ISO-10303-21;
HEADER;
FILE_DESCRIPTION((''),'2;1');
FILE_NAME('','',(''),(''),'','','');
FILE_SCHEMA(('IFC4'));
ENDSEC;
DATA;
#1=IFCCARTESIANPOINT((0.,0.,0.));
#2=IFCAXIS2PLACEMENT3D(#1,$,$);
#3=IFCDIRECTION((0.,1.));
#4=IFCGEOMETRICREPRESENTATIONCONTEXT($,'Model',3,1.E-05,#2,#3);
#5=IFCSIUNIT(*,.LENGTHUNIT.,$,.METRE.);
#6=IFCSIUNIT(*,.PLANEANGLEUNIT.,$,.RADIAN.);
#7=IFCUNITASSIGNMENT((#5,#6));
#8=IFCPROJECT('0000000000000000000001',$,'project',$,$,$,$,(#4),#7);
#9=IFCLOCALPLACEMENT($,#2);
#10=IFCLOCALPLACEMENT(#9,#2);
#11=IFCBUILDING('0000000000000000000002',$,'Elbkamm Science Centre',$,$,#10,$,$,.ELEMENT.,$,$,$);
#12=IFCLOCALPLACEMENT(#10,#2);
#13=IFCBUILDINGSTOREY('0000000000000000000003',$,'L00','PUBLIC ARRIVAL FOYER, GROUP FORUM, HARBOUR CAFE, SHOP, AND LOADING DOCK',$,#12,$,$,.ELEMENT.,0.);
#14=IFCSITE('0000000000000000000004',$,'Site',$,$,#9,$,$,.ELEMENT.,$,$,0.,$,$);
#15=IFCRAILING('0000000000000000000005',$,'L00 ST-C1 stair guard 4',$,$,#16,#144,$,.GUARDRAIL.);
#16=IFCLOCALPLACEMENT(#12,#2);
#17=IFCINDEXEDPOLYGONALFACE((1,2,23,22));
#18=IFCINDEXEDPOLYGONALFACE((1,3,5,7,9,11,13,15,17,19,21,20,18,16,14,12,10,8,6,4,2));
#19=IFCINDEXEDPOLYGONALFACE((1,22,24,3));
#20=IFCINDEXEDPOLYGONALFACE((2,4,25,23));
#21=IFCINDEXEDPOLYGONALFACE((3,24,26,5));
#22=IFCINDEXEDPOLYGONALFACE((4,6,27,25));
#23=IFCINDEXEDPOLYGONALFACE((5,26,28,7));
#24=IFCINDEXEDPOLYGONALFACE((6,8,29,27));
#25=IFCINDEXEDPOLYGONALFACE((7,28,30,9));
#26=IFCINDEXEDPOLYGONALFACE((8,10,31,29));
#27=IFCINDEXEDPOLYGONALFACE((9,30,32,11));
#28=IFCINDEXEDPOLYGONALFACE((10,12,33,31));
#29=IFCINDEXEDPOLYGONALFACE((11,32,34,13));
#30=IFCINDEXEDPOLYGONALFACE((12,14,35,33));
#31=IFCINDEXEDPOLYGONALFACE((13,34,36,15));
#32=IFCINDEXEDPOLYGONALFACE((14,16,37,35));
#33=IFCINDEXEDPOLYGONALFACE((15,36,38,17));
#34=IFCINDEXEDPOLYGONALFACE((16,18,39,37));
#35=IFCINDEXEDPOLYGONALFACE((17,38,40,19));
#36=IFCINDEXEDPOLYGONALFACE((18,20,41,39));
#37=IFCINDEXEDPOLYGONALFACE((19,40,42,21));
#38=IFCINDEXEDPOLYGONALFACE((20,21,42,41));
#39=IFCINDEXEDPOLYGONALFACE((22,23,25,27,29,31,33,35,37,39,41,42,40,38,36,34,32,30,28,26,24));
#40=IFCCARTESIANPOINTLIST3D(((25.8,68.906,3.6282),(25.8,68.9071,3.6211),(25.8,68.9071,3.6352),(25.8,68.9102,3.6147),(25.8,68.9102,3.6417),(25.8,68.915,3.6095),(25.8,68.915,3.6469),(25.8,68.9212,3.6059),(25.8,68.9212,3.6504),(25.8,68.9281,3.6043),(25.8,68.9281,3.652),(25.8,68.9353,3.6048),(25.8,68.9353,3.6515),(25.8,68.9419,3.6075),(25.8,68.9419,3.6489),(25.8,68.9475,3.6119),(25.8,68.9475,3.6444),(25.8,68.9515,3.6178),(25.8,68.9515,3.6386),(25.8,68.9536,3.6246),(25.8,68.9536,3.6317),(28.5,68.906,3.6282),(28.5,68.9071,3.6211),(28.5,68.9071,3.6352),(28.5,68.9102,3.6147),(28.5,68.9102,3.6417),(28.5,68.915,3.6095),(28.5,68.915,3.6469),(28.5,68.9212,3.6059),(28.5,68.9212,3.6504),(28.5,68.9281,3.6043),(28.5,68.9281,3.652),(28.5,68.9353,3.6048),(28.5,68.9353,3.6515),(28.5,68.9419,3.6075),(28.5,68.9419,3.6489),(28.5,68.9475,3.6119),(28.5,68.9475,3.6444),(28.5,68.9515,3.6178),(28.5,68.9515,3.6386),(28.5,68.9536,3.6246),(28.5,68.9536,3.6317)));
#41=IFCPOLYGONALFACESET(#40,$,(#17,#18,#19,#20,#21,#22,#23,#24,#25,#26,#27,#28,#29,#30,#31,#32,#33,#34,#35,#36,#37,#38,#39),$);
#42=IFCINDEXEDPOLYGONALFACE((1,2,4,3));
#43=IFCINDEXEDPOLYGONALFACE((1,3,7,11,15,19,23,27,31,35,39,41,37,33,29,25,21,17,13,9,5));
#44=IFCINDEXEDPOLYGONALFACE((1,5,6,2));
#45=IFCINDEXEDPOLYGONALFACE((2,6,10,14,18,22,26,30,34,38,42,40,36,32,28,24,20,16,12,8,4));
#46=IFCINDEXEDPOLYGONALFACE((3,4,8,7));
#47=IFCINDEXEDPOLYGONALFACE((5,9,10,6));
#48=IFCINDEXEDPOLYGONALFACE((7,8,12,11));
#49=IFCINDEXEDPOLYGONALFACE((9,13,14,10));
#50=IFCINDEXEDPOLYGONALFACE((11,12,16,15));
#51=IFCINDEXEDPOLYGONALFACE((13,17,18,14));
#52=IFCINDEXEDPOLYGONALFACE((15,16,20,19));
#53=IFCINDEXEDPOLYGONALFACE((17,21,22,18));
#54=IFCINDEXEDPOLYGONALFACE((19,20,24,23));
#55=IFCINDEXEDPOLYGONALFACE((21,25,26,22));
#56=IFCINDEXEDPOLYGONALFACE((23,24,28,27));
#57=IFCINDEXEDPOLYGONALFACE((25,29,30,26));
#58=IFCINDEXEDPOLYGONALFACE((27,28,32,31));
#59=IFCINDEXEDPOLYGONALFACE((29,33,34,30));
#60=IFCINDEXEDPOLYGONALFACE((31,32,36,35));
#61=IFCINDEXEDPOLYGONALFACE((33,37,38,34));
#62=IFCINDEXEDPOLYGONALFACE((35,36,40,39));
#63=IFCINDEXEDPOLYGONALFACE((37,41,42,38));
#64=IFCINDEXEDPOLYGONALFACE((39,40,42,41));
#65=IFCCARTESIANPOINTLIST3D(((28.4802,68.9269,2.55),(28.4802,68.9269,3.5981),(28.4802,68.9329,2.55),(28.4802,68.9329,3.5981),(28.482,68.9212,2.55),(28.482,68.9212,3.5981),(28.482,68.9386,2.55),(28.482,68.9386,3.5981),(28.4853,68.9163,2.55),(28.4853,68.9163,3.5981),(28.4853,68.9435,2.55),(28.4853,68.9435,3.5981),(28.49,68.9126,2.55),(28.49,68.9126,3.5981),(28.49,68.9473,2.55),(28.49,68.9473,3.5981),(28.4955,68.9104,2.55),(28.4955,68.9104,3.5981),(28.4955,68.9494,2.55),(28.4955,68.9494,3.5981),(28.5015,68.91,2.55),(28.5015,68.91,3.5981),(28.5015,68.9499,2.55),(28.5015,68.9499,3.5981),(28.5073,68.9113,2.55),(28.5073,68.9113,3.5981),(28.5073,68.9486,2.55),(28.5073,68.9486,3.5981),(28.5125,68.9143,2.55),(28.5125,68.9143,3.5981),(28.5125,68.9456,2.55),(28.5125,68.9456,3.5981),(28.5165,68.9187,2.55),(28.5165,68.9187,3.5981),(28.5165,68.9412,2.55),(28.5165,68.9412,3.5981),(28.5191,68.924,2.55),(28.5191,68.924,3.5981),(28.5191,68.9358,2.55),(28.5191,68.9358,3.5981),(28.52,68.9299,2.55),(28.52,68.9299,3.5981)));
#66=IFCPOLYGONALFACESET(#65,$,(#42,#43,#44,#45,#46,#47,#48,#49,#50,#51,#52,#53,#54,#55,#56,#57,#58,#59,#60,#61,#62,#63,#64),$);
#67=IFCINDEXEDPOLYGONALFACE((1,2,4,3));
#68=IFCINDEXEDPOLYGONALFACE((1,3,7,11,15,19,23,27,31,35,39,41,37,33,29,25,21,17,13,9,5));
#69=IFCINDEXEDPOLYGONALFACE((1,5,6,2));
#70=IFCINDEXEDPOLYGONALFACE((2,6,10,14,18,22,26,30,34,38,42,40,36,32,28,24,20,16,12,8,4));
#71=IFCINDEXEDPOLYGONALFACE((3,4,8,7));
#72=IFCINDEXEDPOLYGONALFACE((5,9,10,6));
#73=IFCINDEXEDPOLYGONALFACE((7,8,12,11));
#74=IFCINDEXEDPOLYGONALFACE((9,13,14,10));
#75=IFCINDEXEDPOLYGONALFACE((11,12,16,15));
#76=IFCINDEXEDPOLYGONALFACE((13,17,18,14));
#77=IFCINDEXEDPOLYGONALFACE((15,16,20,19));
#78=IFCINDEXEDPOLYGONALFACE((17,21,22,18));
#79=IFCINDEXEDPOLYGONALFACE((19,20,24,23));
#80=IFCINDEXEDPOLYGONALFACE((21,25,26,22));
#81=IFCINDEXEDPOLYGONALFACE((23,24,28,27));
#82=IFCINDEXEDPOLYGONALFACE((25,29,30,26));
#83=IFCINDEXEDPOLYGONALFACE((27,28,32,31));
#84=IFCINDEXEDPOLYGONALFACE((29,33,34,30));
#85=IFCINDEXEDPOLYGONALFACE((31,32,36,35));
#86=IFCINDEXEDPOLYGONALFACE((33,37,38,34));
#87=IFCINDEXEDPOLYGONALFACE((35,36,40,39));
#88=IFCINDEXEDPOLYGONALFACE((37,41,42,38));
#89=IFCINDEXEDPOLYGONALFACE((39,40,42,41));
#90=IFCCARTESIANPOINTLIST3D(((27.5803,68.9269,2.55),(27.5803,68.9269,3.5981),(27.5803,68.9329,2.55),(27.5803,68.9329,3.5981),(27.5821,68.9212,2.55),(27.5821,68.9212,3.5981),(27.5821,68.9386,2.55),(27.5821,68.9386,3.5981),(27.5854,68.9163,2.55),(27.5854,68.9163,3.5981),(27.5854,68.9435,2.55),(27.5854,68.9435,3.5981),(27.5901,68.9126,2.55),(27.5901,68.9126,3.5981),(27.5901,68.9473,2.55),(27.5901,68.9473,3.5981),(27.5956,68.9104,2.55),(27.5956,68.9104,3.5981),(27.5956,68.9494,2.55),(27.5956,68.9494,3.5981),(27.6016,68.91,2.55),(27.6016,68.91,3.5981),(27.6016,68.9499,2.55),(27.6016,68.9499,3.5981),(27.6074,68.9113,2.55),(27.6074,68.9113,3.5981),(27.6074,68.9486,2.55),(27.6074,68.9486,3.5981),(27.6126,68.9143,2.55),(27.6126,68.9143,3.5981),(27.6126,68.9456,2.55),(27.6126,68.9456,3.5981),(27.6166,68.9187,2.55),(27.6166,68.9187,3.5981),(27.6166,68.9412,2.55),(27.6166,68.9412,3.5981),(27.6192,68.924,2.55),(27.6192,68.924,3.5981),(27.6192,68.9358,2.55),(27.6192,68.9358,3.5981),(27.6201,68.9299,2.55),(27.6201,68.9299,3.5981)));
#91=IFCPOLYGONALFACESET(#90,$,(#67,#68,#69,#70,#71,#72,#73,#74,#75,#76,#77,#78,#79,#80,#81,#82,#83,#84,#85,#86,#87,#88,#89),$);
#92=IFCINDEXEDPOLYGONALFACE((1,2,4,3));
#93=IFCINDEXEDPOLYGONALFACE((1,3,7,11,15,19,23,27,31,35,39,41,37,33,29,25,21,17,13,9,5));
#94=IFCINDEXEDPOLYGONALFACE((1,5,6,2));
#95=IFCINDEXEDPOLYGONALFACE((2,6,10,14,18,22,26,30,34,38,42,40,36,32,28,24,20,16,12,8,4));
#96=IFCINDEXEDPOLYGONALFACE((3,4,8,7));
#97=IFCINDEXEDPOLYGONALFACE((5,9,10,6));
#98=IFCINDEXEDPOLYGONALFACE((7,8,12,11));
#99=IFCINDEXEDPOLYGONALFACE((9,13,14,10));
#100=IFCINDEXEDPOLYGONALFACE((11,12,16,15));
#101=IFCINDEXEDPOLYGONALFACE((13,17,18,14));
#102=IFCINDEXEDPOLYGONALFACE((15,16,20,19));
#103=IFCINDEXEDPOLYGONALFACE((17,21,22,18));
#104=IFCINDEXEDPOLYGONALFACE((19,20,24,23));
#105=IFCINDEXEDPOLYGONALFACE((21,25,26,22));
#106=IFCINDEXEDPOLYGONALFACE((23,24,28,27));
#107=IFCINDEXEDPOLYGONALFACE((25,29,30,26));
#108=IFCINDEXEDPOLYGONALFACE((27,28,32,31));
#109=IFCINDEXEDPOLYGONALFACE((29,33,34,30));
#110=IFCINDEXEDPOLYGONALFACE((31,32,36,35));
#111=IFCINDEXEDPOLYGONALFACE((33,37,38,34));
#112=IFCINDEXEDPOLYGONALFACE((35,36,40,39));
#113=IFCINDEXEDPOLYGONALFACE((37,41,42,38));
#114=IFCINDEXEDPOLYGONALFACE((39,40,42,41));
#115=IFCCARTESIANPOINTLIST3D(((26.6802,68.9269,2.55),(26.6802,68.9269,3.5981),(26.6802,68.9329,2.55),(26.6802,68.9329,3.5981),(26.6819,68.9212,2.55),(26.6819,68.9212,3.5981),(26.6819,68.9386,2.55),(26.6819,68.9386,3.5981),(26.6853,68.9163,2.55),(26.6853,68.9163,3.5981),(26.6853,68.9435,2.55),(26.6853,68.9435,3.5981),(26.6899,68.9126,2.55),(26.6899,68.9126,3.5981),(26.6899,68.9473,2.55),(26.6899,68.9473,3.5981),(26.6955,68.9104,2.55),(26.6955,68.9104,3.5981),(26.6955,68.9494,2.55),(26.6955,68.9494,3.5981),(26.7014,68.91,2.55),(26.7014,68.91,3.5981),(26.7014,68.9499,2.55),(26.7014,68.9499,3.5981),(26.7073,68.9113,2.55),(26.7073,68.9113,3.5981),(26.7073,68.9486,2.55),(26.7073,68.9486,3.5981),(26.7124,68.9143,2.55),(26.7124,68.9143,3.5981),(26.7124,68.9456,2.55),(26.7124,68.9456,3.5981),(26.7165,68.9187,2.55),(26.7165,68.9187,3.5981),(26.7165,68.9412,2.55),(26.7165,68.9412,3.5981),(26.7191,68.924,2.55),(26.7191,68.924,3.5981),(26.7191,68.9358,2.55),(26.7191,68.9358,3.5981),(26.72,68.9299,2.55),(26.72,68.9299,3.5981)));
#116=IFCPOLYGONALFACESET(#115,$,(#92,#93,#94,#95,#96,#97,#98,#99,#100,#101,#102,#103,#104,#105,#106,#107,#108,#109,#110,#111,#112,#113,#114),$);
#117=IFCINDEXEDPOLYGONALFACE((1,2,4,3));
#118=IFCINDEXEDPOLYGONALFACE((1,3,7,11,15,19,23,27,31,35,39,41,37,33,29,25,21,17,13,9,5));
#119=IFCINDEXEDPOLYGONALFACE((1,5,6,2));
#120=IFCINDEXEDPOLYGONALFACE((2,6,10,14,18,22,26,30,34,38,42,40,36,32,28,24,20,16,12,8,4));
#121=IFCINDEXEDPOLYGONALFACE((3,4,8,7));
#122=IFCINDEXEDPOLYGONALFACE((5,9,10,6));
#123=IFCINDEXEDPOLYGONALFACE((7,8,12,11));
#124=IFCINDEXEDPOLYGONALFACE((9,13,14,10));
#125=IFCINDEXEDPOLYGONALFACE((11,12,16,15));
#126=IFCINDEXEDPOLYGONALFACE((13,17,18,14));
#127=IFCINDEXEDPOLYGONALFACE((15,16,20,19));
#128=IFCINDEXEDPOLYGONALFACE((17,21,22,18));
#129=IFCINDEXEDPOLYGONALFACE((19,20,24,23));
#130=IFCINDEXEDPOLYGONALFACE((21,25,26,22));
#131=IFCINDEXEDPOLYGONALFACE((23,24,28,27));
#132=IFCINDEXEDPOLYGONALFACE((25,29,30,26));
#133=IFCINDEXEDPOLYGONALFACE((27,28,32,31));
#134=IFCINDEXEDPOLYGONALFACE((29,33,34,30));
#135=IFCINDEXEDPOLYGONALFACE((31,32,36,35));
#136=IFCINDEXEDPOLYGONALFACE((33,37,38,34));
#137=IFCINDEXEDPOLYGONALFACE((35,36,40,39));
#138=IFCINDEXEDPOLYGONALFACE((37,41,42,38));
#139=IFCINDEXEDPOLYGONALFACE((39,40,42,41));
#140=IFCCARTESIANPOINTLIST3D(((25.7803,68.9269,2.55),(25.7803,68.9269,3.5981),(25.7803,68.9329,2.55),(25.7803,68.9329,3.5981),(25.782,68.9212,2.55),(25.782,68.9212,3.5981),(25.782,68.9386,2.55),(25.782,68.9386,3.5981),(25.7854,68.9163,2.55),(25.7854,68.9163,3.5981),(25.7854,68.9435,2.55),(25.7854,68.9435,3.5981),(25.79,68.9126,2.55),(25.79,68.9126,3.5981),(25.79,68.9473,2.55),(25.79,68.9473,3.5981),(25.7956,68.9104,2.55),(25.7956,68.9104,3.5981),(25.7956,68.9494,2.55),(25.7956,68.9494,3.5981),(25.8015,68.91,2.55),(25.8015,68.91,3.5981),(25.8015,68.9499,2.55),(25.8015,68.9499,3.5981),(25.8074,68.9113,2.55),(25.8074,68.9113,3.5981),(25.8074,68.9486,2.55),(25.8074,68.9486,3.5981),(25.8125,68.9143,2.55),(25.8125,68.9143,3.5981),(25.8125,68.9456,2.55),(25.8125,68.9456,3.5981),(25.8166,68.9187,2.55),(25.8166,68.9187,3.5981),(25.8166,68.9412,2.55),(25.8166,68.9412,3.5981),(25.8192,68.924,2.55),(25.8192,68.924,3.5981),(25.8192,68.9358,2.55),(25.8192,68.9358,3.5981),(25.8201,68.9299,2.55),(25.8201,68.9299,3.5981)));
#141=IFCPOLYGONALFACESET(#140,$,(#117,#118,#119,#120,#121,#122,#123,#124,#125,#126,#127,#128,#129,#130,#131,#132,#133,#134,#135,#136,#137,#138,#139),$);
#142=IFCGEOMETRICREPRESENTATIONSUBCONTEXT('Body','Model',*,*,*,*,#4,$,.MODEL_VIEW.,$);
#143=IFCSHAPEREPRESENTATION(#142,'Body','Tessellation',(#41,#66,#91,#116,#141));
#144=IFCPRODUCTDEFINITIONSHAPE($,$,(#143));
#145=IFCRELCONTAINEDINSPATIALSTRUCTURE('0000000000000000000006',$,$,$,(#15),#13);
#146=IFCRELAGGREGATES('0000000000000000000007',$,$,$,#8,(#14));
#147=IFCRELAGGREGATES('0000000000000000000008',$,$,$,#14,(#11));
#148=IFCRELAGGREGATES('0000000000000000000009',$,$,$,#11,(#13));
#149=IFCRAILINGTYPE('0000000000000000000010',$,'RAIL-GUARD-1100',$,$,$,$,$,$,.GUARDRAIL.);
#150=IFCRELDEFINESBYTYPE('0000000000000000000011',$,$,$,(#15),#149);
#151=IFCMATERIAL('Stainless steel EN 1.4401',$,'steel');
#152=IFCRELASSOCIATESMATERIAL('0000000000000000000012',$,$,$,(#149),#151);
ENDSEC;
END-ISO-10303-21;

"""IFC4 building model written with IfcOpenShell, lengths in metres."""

from ifc_helpers import new_model, si_unit, direction, frame, origin, origin_2d, place, context, subcontext, project, spatial, circle, extrude, material, type_object, element, save


model = new_model("IFC4")

# Units and contexts
model_context = context("Model", 3, precision=1e-05, world=origin(), true_north=direction((0.0, 1.0)))
body_context = subcontext(model_context, "Body", "Model", "MODEL_VIEW")
ifc_project = project(units=[si_unit("LENGTHUNIT", "METRE"), si_unit("PLANEANGLEUNIT", "RADIAN")], contexts=[model_context])

# Site, building, storey
site_placement = place(None, origin())
site = spatial("IfcSite", under=ifc_project, at=site_placement, Name="Site", CompositionType="ELEMENT", RefElevation=0.0)
building_placement = place(site_placement, origin())
building = spatial("IfcBuilding", under=site, at=building_placement, Name="Elbkamm Science Centre", CompositionType="ELEMENT")
storey_placement = place(building_placement, origin())
storey = spatial("IfcBuildingStorey", under=building, at=storey_placement, Name="L00", Description="PUBLIC ARRIVAL FOYER, GROUP FORUM, HARBOUR CAFE, SHOP, AND LOADING DOCK", CompositionType="ELEMENT", Elevation=0.0)

# Railing
ifc_material_1 = material(Name="Stainless steel EN 1.4401", Category="steel")
railing_type_1 = type_object("IfcRailingType", Name="RAIL-GUARD-1100", PredefinedType="GUARDRAIL", material=ifc_material_1)
for number, where, name in (
    (1, (28.5, 68.9299, 2.55), "L00 ST-C1 stair guard 4"),
):
    element("IfcRailing", number, at=place(storey_placement, frame(where)), inside=storey, type_object=railing_type_1, Name=name, PredefinedType="GUARDRAIL", context=body_context, shape_type="SweptSolid", body=[
        extrude(circle(Radius=0.0239, at=origin_2d()), frame((0.0, 0.0, 1.0781), z_axis=(-1.0, 0.0, 0.0), x_axis=(0.0, -1.0, 0.0)), (0.0, 0.0, 1.0), 2.7),
        extrude(circle(Radius=0.02, at=origin_2d()), origin(), (0.0, 0.0, 1.0), 1.0481),
        extrude(circle(Radius=0.02, at=origin_2d()), frame((-0.8999, 0.0, 0.0)), (0.0, 0.0, 1.0), 1.0481),
        extrude(circle(Radius=0.02, at=origin_2d()), frame((-1.8, 0.0, 0.0)), (0.0, 0.0, 1.0), 1.0481),
        extrude(circle(Radius=0.02, at=origin_2d()), frame((-2.7, 0.0, 0.0)), (0.0, 0.0, 1.0), 1.0481),
    ])

save(model, "model.ifc")
